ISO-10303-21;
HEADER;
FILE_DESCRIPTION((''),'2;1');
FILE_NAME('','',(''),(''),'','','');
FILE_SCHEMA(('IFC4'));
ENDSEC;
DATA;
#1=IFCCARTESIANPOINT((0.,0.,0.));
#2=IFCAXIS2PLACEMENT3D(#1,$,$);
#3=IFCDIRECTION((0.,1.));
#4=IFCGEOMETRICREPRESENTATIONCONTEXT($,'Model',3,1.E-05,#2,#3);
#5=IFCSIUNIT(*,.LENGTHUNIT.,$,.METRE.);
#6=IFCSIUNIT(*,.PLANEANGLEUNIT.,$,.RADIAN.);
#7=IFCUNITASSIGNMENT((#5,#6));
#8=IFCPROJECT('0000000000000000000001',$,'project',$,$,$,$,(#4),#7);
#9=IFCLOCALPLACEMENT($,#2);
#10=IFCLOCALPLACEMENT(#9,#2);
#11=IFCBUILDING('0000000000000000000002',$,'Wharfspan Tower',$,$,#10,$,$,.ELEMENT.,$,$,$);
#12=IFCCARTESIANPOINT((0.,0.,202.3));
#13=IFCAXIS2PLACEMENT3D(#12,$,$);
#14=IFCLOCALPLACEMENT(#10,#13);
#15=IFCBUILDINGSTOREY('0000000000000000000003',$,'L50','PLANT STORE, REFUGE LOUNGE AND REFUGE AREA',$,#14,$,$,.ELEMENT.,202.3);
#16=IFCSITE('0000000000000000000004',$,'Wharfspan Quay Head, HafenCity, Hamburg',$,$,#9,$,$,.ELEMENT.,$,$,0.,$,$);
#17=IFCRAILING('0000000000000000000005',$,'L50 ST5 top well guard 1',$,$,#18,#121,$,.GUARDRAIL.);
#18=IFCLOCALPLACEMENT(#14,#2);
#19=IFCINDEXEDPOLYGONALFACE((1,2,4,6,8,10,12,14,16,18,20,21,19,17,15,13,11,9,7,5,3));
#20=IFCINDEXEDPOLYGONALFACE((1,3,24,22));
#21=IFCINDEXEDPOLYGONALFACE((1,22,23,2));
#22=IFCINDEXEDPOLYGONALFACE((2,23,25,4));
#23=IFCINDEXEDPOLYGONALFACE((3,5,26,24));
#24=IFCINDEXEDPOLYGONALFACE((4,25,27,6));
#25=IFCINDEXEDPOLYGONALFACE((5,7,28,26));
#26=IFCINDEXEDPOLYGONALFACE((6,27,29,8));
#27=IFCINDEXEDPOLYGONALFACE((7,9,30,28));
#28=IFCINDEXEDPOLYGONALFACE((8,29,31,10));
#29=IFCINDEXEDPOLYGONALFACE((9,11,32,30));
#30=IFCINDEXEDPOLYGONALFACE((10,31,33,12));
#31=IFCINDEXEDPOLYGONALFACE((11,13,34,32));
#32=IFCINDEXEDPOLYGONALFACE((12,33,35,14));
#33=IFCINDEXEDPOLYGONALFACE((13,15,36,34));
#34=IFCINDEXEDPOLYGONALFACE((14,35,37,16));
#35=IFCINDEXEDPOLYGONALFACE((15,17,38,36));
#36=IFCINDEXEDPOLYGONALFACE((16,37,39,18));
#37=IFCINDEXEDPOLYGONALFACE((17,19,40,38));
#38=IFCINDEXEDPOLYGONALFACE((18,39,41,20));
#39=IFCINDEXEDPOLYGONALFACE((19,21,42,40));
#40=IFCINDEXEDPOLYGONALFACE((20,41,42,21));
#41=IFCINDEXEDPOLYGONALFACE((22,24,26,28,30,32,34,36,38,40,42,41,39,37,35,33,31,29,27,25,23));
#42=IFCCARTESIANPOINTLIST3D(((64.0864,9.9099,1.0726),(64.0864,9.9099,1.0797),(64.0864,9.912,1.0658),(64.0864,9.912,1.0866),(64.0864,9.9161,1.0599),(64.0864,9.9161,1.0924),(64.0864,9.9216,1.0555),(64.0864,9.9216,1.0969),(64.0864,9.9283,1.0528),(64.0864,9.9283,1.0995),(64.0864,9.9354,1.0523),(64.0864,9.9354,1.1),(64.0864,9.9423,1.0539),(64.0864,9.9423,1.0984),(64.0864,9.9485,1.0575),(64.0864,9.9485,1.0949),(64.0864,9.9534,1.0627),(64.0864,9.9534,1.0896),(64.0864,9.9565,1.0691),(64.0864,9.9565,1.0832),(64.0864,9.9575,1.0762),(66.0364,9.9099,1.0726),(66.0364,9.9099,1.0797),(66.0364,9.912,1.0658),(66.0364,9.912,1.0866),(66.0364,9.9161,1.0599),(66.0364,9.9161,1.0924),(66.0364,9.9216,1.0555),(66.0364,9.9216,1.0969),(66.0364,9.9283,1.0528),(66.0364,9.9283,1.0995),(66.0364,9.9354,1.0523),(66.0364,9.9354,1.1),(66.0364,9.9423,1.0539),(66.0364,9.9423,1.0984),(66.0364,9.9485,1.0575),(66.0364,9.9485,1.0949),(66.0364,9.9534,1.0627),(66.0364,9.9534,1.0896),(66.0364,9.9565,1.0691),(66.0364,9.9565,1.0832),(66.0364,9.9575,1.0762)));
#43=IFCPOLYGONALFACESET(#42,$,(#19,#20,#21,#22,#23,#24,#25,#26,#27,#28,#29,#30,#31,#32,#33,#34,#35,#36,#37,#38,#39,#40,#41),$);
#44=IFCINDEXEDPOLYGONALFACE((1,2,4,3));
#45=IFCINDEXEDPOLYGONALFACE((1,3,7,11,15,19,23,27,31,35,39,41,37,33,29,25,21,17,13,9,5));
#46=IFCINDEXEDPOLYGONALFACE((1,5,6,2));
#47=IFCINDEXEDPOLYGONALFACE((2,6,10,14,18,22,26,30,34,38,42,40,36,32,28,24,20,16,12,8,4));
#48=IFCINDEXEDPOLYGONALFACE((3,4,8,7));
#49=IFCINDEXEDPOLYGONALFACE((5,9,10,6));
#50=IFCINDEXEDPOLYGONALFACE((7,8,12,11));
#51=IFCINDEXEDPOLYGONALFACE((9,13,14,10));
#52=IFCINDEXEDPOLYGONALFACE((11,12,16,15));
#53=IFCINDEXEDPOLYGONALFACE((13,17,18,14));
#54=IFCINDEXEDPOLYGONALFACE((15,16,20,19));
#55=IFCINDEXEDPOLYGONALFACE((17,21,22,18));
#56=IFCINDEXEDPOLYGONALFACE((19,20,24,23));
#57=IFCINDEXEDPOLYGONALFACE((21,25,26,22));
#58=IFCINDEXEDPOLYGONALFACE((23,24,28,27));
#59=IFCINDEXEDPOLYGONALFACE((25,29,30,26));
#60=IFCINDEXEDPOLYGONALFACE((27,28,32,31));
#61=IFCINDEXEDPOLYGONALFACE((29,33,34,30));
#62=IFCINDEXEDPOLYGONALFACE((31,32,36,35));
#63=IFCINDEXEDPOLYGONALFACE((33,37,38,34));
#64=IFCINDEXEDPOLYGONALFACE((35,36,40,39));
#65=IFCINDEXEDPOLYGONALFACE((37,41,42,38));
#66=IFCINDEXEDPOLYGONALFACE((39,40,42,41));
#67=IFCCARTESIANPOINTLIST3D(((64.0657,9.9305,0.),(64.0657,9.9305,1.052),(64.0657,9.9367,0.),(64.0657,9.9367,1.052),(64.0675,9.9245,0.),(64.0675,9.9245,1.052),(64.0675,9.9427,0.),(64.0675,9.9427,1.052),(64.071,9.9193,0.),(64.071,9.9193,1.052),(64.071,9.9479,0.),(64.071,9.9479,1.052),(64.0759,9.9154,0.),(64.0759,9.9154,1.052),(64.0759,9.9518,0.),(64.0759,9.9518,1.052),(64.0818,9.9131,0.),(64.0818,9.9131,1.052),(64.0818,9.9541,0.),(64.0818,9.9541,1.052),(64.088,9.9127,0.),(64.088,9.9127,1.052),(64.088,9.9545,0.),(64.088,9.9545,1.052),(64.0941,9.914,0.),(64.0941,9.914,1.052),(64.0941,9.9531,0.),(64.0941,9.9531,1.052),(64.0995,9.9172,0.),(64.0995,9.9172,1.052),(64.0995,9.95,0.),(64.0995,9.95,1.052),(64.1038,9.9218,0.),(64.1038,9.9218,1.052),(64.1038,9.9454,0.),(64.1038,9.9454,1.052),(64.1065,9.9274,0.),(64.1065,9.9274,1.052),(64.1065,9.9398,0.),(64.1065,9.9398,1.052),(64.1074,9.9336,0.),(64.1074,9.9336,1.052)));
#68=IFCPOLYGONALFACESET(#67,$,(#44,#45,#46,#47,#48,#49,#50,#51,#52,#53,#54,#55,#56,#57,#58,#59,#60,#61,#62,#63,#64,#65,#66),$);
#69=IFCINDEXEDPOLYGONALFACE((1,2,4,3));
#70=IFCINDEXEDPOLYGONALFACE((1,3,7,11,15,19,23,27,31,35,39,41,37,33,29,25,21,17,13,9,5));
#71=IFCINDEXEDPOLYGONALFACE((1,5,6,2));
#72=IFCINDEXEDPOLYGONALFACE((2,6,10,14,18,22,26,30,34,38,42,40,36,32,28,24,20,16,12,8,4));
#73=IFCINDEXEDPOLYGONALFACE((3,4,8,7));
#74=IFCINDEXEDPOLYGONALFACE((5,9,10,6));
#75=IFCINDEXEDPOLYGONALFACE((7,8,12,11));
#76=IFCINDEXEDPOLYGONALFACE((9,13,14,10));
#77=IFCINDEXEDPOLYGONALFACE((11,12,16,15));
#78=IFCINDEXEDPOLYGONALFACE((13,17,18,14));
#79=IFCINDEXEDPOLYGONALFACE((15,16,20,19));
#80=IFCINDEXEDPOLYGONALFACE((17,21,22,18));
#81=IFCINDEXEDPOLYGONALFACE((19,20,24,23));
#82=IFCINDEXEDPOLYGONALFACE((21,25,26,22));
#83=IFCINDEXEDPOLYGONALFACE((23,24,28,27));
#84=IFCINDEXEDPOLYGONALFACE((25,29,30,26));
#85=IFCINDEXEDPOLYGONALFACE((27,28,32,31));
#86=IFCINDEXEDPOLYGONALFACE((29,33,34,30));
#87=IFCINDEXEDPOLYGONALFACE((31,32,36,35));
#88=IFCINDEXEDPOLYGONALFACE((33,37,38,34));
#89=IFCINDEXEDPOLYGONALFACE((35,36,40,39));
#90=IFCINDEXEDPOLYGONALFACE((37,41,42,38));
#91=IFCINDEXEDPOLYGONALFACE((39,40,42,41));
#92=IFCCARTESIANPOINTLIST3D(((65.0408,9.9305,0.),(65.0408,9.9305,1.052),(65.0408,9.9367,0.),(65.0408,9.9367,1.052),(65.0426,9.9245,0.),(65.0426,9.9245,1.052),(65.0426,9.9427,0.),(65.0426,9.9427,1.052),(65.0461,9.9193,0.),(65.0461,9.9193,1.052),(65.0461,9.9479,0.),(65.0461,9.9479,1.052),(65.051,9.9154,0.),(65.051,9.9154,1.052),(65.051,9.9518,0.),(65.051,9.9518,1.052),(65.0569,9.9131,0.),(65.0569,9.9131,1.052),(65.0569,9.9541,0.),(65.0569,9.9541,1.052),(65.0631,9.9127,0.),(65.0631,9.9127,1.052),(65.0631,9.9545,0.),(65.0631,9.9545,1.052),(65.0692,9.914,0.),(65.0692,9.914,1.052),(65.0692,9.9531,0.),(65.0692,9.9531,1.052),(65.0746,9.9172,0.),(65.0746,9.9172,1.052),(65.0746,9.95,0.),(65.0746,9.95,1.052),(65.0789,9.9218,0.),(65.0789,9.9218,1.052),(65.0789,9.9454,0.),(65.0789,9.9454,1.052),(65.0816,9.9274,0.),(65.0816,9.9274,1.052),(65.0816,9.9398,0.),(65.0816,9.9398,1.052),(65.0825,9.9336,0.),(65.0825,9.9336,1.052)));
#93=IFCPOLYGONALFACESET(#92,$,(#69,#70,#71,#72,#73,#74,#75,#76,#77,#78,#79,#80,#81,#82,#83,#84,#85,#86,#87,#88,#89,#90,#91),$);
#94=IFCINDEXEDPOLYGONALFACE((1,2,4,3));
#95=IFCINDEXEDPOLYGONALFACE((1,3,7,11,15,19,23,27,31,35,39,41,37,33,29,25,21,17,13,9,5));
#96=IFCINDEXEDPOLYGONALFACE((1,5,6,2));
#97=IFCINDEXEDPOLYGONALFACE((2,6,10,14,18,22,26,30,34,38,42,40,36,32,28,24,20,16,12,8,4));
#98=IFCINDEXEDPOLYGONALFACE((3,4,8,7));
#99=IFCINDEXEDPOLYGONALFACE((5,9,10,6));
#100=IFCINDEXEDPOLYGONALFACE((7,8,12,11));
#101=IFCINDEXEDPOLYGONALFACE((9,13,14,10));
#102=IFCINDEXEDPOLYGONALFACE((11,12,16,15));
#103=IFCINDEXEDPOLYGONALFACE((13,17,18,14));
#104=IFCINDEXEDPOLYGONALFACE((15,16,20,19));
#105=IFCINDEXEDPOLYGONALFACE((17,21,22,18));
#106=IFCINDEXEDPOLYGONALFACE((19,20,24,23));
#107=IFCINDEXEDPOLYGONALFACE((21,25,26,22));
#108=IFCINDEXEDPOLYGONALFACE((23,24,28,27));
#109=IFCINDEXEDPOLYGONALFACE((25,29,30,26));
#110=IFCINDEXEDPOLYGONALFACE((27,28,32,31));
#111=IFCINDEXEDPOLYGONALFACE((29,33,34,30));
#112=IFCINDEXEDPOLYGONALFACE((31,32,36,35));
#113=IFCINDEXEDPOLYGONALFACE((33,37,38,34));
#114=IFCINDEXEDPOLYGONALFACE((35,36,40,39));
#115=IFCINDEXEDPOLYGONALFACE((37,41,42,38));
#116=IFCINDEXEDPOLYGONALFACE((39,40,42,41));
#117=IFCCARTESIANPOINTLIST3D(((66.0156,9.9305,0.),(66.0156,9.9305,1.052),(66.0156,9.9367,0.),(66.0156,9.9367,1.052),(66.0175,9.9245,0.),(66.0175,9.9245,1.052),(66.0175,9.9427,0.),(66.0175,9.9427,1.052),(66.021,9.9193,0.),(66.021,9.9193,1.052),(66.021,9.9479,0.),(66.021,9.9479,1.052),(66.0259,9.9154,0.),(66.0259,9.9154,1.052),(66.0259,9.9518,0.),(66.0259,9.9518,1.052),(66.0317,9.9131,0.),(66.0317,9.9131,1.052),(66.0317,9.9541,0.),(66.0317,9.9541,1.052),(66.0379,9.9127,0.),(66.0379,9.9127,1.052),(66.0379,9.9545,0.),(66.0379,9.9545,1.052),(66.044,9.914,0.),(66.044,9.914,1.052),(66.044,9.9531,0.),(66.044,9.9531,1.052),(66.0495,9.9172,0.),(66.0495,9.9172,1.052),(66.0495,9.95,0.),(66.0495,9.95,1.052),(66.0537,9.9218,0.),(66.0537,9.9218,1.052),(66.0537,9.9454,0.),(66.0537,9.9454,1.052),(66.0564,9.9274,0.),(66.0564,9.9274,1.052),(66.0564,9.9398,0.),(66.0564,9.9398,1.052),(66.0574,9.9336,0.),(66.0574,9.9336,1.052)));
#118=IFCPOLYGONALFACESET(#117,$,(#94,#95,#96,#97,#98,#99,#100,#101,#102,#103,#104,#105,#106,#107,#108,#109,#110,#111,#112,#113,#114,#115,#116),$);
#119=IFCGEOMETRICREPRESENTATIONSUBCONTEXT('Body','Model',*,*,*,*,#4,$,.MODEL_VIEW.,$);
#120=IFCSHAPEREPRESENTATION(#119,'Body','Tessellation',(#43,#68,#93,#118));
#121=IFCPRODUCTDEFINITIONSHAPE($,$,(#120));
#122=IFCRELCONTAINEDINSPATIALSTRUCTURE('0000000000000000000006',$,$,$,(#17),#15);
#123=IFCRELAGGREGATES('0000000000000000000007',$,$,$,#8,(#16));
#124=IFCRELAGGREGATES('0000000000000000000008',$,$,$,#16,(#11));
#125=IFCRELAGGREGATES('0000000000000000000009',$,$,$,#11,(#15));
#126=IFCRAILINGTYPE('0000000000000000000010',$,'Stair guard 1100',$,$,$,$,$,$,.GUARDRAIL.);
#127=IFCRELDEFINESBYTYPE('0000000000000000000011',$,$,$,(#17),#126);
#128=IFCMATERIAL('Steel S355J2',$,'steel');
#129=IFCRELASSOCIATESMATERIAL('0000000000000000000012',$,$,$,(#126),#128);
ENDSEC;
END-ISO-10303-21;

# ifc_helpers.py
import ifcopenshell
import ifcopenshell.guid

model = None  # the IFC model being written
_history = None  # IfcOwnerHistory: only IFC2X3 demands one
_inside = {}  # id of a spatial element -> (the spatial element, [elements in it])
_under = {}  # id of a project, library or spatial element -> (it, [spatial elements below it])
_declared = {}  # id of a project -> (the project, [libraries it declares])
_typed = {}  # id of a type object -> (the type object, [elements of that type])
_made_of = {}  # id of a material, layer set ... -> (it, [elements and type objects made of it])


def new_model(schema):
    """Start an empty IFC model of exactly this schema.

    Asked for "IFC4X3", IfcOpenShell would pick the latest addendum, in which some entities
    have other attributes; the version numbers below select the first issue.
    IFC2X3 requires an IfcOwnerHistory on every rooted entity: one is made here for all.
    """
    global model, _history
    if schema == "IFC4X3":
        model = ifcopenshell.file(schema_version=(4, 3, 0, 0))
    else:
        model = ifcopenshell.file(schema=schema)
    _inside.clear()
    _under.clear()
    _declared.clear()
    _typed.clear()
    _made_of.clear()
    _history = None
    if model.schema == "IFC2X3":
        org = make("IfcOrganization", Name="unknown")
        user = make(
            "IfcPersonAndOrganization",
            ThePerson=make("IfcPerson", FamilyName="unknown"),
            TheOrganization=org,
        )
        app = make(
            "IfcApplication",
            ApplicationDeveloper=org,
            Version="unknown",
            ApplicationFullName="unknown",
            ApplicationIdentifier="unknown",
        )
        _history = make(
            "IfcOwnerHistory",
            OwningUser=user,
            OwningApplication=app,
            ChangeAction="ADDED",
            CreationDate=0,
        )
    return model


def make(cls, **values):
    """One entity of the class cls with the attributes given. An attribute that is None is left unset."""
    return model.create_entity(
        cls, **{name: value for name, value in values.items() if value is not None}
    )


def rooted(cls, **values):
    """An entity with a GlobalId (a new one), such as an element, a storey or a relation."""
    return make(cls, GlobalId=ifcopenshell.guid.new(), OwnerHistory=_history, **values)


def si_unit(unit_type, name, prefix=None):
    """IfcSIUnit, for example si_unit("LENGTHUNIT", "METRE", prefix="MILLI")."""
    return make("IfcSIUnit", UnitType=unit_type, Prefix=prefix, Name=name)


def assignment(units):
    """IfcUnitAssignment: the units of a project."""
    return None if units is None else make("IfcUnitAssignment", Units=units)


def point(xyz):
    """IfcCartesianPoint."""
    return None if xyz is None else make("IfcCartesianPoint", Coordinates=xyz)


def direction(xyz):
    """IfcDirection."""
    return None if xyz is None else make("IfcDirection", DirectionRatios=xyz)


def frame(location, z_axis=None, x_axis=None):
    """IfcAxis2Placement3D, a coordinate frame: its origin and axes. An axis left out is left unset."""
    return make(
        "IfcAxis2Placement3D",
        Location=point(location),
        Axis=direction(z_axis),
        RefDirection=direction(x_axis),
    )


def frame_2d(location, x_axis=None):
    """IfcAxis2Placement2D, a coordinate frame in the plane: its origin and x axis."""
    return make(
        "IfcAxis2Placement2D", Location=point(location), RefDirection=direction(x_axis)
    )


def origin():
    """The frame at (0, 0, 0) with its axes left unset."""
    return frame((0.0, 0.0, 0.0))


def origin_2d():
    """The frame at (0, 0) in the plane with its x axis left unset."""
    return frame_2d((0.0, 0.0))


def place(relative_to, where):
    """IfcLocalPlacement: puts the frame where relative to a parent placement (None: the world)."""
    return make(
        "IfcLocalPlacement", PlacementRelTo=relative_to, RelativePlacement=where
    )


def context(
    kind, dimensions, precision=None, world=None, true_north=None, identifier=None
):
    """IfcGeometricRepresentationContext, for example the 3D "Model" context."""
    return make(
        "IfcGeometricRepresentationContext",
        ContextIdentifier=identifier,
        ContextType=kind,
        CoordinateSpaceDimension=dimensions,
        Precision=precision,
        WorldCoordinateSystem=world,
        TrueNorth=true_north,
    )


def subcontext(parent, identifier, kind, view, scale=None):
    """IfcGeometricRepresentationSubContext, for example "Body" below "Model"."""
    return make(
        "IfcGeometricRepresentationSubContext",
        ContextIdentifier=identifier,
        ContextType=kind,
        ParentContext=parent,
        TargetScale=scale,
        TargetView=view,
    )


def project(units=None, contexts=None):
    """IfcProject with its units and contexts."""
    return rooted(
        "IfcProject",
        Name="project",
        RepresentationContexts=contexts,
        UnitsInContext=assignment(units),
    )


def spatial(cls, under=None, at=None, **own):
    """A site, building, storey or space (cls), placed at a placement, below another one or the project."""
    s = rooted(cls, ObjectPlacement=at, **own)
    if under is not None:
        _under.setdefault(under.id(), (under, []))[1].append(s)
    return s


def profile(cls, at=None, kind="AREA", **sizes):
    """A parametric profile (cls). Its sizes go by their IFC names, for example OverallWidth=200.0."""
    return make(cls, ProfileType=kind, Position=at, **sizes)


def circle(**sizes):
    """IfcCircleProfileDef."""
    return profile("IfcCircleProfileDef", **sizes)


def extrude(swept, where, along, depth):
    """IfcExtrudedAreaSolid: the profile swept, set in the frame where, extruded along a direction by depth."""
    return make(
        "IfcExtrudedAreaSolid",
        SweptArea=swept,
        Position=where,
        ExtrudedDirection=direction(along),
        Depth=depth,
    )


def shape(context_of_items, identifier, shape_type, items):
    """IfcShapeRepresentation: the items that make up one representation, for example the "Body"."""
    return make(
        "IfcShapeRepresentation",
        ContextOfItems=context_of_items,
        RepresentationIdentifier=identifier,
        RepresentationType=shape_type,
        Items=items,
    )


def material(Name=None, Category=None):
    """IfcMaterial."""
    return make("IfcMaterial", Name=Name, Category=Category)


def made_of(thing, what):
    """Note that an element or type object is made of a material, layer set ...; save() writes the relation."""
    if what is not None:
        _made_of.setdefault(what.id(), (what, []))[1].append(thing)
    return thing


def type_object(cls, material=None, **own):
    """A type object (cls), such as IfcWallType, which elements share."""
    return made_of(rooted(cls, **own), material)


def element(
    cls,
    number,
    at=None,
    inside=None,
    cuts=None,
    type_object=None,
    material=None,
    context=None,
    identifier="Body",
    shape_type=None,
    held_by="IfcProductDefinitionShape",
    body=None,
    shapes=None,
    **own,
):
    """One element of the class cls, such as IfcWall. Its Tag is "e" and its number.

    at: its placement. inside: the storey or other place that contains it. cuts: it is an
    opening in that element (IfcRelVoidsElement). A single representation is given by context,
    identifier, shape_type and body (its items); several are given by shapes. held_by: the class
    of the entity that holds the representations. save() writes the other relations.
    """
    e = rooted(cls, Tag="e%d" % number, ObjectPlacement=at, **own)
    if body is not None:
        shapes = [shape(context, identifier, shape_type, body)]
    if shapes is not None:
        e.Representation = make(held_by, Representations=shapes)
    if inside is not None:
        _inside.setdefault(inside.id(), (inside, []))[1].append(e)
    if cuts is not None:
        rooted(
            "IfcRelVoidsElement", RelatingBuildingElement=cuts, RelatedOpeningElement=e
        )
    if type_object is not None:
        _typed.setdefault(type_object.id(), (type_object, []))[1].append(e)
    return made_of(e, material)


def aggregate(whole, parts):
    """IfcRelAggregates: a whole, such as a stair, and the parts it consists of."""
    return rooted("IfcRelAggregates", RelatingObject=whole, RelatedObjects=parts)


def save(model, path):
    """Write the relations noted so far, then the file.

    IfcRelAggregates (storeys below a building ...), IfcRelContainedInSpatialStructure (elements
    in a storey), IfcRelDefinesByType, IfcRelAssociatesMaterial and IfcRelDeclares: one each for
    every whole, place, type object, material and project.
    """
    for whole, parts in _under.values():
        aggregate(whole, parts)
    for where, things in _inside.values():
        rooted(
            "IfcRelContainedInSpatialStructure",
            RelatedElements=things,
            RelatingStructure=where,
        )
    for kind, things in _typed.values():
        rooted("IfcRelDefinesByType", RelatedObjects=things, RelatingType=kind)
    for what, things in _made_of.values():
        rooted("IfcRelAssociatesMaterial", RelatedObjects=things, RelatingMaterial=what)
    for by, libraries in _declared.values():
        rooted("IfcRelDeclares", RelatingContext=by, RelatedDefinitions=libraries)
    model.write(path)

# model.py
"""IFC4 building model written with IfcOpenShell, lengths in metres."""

from ifc_helpers import new_model, si_unit, direction, frame, origin, origin_2d, place, context, subcontext, project, spatial, circle, extrude, material, type_object, element, save


model = new_model("IFC4")

# Units and contexts
model_context = context("Model", 3, precision=1e-05, world=origin(), true_north=direction((0.0, 1.0)))
body_context = subcontext(model_context, "Body", "Model", "MODEL_VIEW")
ifc_project = project(units=[si_unit("LENGTHUNIT", "METRE"), si_unit("PLANEANGLEUNIT", "RADIAN")], contexts=[model_context])

# Site, building, storey
site_placement = place(None, origin())
site = spatial("IfcSite", under=ifc_project, at=site_placement, Name="Wharfspan Quay Head, HafenCity, Hamburg", CompositionType="ELEMENT", RefElevation=0.0)
building_placement = place(site_placement, origin())
building = spatial("IfcBuilding", under=site, at=building_placement, Name="Wharfspan Tower", CompositionType="ELEMENT")
storey_placement = place(building_placement, frame((0.0, 0.0, 202.3)))
storey = spatial("IfcBuildingStorey", under=building, at=storey_placement, Name="L50", Description="PLANT STORE, REFUGE LOUNGE AND REFUGE AREA", CompositionType="ELEMENT", Elevation=202.3)

# Shared definitions
ifc_material_1 = material(Name="Steel S355J2", Category="steel")

# Railing
railing_type_1 = type_object("IfcRailingType", Name="Stair guard 1100", PredefinedType="GUARDRAIL", material=ifc_material_1)
railing_1_placement = place(storey_placement, frame((64.0864, 9.9336, 0.0)))
element("IfcRailing", 1, at=railing_1_placement, inside=storey, type_object=railing_type_1, Name="L50 ST5 top well guard 1", PredefinedType="GUARDRAIL", context=body_context, shape_type="SweptSolid", body=[
    extrude(circle(Radius=0.0239, at=origin_2d()), frame((0.0, 0.0, 1.0762), z_axis=(1.0, 0.0, 0.0), x_axis=(0.0, 1.0, 0.0)), (0.0, 0.0, 1.0), 1.95),
    extrude(circle(Radius=0.021, at=origin_2d()), origin(), (0.0, 0.0, 1.0), 1.052),
    extrude(circle(Radius=0.021, at=origin_2d()), frame((0.9751, 0.0, 0.0)), (0.0, 0.0, 1.0), 1.052),
    extrude(circle(Radius=0.021, at=origin_2d()), frame((1.95, 0.0, 0.0)), (0.0, 0.0, 1.0), 1.052),
])

save(model, "model.ifc")
